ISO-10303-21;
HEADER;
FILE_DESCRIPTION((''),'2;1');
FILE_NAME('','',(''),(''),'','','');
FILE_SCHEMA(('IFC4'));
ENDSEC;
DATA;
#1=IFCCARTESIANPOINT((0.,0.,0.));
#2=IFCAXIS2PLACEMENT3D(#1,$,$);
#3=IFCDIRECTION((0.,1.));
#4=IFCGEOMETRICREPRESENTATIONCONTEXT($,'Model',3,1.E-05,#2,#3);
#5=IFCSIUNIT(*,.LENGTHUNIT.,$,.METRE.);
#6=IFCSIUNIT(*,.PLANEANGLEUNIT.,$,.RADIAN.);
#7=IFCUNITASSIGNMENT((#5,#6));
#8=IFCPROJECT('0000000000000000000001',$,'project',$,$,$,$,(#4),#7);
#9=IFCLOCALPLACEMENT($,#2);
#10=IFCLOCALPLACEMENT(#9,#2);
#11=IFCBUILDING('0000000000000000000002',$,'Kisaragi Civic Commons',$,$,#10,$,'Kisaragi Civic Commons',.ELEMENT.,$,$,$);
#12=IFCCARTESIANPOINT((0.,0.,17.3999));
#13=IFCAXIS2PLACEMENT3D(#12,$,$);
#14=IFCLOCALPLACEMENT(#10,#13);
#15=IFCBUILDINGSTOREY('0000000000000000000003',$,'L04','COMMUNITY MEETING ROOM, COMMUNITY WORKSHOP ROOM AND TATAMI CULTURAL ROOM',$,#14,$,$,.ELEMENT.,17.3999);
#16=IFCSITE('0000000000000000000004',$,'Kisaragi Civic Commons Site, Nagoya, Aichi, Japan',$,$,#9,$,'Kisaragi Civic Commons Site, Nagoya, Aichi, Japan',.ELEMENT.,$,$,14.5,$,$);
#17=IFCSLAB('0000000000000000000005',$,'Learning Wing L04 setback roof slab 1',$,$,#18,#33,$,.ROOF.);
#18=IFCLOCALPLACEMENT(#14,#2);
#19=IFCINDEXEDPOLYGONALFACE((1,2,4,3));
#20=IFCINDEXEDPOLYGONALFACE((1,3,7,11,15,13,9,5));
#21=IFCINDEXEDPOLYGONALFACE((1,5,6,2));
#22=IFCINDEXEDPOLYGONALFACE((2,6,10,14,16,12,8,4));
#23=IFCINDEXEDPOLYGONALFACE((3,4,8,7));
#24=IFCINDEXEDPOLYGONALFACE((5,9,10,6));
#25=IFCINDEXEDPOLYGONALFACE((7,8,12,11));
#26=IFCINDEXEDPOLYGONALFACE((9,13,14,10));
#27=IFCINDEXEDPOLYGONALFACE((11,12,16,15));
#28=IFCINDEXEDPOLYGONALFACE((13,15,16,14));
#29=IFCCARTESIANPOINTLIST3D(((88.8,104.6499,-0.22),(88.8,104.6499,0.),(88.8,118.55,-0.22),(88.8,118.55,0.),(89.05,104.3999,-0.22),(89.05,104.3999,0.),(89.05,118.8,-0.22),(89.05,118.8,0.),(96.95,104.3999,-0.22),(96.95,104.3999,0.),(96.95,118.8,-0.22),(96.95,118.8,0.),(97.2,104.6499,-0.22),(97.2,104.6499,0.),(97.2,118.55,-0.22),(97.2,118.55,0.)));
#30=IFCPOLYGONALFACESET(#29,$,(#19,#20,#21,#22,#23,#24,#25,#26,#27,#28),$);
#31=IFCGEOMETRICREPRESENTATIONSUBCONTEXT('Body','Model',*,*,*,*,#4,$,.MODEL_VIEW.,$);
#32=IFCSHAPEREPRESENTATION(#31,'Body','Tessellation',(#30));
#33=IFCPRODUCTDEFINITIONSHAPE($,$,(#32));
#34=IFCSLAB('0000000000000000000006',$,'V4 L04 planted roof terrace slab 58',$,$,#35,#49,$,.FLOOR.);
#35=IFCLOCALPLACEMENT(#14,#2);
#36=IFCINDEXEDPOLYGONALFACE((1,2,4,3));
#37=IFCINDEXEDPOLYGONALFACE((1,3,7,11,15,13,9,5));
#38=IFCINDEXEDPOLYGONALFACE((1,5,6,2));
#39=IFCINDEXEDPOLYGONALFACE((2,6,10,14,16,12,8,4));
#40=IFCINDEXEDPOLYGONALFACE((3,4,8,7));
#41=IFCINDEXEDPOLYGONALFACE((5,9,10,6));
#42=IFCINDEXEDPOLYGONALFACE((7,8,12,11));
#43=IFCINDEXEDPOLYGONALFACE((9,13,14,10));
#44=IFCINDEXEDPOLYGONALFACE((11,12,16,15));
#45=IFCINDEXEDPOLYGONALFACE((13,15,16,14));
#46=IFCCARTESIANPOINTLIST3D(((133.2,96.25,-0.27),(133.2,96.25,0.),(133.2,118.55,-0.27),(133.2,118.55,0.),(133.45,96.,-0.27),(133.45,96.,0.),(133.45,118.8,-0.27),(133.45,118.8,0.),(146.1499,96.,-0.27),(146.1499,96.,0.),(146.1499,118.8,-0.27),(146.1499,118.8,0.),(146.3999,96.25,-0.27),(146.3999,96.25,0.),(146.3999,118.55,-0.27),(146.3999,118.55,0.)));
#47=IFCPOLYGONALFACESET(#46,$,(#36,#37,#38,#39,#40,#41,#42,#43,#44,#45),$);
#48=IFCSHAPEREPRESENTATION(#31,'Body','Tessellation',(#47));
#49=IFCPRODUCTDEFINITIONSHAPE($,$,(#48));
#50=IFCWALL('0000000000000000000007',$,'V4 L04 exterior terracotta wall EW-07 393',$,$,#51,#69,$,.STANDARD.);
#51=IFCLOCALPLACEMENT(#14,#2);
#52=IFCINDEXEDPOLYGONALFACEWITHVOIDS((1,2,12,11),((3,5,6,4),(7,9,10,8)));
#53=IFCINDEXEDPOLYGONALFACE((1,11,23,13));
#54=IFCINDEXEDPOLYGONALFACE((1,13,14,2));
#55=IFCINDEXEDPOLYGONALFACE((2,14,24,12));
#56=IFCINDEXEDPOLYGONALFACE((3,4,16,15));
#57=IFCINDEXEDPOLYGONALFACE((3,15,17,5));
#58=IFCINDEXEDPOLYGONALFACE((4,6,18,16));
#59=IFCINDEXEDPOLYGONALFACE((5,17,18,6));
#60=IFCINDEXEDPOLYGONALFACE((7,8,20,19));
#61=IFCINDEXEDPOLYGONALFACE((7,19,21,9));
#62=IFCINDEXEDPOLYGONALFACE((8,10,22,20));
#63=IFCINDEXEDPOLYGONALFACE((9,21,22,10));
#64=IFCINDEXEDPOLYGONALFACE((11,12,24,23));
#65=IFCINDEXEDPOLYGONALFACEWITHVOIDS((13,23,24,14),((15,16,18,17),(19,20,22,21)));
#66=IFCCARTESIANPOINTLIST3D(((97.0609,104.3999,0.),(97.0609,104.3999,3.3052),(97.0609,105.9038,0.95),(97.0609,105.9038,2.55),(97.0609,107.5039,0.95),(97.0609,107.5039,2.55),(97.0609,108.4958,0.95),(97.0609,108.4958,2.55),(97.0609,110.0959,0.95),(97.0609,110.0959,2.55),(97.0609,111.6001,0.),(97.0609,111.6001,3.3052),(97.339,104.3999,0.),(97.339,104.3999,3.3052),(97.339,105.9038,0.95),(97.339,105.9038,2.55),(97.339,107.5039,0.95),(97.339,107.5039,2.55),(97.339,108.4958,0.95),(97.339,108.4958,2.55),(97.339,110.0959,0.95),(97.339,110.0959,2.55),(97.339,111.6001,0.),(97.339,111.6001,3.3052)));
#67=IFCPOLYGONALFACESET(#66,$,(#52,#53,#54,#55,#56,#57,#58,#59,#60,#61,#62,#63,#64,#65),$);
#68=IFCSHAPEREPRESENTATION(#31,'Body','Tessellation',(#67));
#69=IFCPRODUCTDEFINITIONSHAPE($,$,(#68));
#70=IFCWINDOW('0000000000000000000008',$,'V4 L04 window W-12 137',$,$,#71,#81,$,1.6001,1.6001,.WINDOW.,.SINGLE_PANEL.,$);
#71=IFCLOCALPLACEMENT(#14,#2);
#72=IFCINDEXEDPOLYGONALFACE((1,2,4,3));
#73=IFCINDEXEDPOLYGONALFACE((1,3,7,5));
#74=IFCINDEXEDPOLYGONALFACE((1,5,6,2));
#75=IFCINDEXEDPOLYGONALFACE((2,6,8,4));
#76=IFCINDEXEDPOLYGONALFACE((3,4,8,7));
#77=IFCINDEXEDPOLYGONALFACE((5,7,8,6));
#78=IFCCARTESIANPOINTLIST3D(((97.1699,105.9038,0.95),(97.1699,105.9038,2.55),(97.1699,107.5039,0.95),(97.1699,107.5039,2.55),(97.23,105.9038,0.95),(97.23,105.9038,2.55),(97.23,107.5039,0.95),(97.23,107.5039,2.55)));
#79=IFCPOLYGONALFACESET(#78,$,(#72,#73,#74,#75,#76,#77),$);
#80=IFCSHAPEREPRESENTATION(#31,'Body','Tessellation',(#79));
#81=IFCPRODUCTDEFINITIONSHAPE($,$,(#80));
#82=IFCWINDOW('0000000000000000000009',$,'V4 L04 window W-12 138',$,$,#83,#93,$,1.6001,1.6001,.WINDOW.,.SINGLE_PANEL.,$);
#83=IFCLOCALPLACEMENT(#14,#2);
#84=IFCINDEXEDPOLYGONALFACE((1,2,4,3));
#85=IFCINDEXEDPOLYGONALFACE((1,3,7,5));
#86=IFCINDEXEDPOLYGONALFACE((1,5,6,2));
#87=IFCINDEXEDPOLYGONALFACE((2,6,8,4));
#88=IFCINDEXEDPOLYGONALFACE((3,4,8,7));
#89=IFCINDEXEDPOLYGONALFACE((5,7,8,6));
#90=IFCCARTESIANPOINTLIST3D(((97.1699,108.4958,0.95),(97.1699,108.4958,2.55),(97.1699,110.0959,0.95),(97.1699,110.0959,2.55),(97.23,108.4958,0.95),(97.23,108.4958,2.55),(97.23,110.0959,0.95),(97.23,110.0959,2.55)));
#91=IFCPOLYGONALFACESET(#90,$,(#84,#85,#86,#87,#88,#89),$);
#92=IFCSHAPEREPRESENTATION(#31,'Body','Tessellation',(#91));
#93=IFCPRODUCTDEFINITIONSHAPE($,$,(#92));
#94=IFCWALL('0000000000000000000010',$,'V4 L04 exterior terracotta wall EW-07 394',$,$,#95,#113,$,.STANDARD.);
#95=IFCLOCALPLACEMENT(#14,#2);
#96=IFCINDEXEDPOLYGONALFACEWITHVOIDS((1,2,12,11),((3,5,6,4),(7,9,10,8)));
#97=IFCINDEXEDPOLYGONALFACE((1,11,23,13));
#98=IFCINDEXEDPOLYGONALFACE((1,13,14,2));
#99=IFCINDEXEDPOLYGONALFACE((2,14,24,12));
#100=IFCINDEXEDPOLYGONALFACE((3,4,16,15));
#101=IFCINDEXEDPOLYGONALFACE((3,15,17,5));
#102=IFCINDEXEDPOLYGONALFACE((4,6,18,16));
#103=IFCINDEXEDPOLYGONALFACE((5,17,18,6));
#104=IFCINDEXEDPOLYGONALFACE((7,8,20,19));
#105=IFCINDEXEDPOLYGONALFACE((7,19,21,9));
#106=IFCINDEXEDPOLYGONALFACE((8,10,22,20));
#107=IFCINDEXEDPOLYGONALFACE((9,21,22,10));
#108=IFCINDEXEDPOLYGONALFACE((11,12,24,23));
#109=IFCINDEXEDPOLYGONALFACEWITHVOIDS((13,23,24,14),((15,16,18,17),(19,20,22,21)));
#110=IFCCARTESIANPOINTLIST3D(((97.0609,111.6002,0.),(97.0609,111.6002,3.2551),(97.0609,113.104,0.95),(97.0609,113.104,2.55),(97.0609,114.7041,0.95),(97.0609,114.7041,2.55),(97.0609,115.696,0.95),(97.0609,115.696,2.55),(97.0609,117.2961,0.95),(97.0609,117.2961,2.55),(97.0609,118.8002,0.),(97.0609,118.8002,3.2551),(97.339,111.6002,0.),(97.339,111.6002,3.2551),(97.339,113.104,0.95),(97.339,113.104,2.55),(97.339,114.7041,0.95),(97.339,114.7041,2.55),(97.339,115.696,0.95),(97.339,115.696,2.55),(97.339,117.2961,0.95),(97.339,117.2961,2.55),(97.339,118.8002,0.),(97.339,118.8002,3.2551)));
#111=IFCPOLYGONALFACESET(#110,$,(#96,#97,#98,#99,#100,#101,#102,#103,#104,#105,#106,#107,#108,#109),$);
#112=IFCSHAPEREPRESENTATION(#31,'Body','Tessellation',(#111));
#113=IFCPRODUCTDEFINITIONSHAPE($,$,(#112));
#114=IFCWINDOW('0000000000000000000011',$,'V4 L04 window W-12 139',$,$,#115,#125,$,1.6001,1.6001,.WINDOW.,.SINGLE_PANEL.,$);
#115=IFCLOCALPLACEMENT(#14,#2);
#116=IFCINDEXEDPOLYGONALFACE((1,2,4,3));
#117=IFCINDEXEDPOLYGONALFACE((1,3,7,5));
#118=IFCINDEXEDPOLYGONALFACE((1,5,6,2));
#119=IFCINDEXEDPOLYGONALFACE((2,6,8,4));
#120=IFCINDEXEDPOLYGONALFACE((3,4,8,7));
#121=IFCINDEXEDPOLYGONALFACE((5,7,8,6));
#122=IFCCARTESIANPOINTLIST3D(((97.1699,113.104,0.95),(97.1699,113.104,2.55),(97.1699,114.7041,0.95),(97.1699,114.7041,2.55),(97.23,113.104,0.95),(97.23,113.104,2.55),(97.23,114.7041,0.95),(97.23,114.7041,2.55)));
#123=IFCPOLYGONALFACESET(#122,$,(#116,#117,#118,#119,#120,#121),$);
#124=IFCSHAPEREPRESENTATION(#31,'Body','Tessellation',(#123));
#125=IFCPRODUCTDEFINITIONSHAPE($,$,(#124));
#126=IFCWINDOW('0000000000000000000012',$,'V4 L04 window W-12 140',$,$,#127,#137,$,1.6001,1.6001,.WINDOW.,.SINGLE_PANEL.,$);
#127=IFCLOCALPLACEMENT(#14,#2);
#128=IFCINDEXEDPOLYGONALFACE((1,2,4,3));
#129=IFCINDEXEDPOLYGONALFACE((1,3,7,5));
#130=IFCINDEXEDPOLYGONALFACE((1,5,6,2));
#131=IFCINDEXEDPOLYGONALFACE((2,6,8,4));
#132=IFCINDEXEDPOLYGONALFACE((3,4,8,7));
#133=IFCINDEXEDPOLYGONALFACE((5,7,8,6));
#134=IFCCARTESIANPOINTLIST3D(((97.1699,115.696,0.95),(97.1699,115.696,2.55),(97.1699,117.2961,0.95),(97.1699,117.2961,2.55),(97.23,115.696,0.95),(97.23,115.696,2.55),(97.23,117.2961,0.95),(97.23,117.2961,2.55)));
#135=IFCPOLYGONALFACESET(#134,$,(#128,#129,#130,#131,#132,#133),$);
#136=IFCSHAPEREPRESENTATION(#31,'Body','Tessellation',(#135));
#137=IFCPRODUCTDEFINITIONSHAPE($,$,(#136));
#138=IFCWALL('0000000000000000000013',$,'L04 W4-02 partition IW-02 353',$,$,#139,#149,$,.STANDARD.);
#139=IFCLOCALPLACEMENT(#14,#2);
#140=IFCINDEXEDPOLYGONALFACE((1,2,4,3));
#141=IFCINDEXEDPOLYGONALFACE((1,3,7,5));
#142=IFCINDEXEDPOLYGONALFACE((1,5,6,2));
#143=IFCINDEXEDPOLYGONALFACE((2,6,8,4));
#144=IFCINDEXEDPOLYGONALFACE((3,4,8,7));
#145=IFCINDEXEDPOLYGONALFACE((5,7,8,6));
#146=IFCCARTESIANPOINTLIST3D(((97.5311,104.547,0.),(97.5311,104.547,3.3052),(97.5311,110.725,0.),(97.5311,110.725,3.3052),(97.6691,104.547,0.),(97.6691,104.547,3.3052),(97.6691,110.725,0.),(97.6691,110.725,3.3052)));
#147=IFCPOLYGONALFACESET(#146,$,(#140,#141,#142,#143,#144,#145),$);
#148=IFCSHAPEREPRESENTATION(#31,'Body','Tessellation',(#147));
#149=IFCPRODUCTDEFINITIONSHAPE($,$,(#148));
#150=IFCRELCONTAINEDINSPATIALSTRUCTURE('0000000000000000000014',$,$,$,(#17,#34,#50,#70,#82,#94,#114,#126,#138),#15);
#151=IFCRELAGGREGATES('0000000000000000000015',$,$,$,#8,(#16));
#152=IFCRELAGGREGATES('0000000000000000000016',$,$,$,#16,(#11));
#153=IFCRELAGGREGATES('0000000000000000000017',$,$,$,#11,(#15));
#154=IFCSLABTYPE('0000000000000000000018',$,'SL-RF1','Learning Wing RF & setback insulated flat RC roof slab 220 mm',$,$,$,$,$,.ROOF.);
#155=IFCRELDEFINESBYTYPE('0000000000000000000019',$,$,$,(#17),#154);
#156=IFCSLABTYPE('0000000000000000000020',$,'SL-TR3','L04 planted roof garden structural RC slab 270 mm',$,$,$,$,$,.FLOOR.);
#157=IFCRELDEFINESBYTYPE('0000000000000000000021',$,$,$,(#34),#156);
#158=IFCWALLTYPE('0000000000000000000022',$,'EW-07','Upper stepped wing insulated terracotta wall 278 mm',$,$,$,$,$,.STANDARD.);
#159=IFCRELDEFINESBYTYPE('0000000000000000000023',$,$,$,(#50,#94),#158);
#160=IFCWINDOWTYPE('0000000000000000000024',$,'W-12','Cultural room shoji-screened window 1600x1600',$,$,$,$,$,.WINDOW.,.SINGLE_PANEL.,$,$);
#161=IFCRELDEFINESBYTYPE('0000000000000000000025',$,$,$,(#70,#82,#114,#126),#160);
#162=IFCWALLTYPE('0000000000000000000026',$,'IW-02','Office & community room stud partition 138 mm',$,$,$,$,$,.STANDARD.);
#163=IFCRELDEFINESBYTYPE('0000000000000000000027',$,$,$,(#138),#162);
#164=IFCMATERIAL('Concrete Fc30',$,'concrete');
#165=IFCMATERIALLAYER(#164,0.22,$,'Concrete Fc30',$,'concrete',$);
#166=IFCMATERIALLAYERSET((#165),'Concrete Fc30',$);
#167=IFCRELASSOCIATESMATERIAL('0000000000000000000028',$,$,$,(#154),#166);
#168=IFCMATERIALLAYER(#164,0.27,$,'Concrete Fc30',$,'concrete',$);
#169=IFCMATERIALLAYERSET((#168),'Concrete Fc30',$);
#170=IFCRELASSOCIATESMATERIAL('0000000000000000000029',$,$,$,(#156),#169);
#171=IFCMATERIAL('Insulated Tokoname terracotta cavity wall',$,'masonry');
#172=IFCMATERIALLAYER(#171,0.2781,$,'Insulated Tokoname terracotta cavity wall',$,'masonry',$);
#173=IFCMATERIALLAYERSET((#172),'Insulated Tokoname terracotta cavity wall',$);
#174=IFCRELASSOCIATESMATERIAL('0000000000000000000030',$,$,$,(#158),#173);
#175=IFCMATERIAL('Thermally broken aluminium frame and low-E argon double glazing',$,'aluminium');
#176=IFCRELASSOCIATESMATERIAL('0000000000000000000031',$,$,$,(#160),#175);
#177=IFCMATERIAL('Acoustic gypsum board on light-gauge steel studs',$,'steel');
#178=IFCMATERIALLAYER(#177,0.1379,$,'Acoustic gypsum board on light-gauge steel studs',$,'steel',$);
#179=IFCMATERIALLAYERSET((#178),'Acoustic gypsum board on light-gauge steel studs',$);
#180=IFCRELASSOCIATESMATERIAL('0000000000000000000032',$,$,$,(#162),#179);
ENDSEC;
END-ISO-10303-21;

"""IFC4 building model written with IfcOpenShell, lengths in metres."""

from ifc_helpers import new_model, si_unit, direction, frame, frame_2d, origin, place, context, subcontext, project, spatial, polyline, rectangle, outline, extrude, material, layer, layer_set, type_object, element, fill, save


model = new_model("IFC4")

# Units and contexts
model_context = context("Model", 3, precision=1e-05, world=origin(), true_north=direction((0.0, 1.0)))
body_context = subcontext(model_context, "Body", "Model", "MODEL_VIEW")
ifc_project = project(units=[si_unit("LENGTHUNIT", "METRE"), si_unit("PLANEANGLEUNIT", "RADIAN")], contexts=[model_context])

# Site, building, storey
site_placement = place(None, origin())
site = spatial("IfcSite", under=ifc_project, at=site_placement, Name="Kisaragi Civic Commons Site, Nagoya, Aichi, Japan", LongName="Kisaragi Civic Commons Site, Nagoya, Aichi, Japan", CompositionType="ELEMENT", RefElevation=14.5)
building_placement = place(site_placement, origin())
building = spatial("IfcBuilding", under=site, at=building_placement, Name="Kisaragi Civic Commons", LongName="Kisaragi Civic Commons", CompositionType="ELEMENT")
storey_placement = place(building_placement, frame((0.0, 0.0, 17.3999)))
storey = spatial("IfcBuildingStorey", under=building, at=storey_placement, Name="L04", Description="COMMUNITY MEETING ROOM, COMMUNITY WORKSHOP ROOM AND TATAMI CULTURAL ROOM", CompositionType="ELEMENT", Elevation=17.3999)

# Shared definitions
ifc_material_1 = material(Name="Concrete Fc30", Category="concrete")

# Slabs
ifc_layer_1 = layer(ifc_material_1, 0.22, Name="Concrete Fc30", Category="concrete")
ifc_layer_set_1 = layer_set([ifc_layer_1], Name="Concrete Fc30")
slab_type_1 = type_object("IfcSlabType", Name="SL-RF1", Description="Learning Wing RF & setback insulated flat RC roof slab 220 mm", PredefinedType="ROOF", material=ifc_layer_set_1)
slab_1_placement = place(storey_placement, frame((0.0, 0.0, -0.22)))
element("IfcSlab", 1, at=slab_1_placement, inside=storey, type_object=slab_type_1, Name="Learning Wing L04 setback roof slab 1", PredefinedType="ROOF", context=body_context, shape_type="SweptSolid", body=[
    extrude(outline(polyline([(89.05, 104.3999), (96.95, 104.3999), (97.2, 104.6499), (97.2, 118.55), (96.95, 118.8), (89.05, 118.8), (88.8, 118.55), (88.8, 104.6499), (89.05, 104.3999)])), origin(), (0.0, 0.0, 1.0), 0.22),
])
ifc_layer_2 = layer(ifc_material_1, 0.27, Name="Concrete Fc30", Category="concrete")
ifc_layer_set_2 = layer_set([ifc_layer_2], Name="Concrete Fc30")
slab_type_2 = type_object("IfcSlabType", Name="SL-TR3", Description="L04 planted roof garden structural RC slab 270 mm", PredefinedType="FLOOR", material=ifc_layer_set_2)
slab_2_placement = place(storey_placement, frame((0.0, 0.0, -0.27)))
element("IfcSlab", 2, at=slab_2_placement, inside=storey, type_object=slab_type_2, Name="V4 L04 planted roof terrace slab 58", PredefinedType="FLOOR", context=body_context, shape_type="SweptSolid", body=[
    extrude(outline(polyline([(133.45, 96.0), (146.1499, 96.0), (146.3999, 96.25), (146.3999, 118.55), (146.1499, 118.8), (133.45, 118.8), (133.2, 118.55), (133.2, 96.25), (133.45, 96.0)])), origin(), (0.0, 0.0, 1.0), 0.27),
])

# Walls, openings, windows
ifc_material_2 = material(Name="Insulated Tokoname terracotta cavity wall", Category="masonry")
ifc_layer_3 = layer(ifc_material_2, 0.2781, Name="Insulated Tokoname terracotta cavity wall", Category="masonry")
ifc_layer_set_3 = layer_set([ifc_layer_3], Name="Insulated Tokoname terracotta cavity wall")
wall_type_1 = type_object("IfcWallType", Name="EW-07", Description="Upper stepped wing insulated terracotta wall 278 mm", PredefinedType="STANDARD", material=ifc_layer_set_3)
wall_1_placement = place(storey_placement, frame((97.2, 104.3999, 0.0), z_axis=(0.0, 0.0, 1.0), x_axis=(0.0, 1.0, 0.0)))
wall_1 = element("IfcWall", 3, at=wall_1_placement, inside=storey, type_object=wall_type_1, Name="V4 L04 exterior terracotta wall EW-07 393", PredefinedType="STANDARD", context=body_context, shape_type="SweptSolid", body=[
    extrude(rectangle(XDim=7.2002, YDim=0.2781, at=frame_2d((3.6001, 0.0))), origin(), (0.0, 0.0, 1.0), 3.3052),
])
opening_1_placement = place(wall_1_placement, frame((1.5039, 0.0, 0.95)))
opening_1 = element("IfcOpeningElement", 4, at=opening_1_placement, cuts=wall_1, PredefinedType="OPENING", context=body_context, shape_type="SweptSolid", body=[
    extrude(rectangle(XDim=1.6001, YDim=1.6001, at=frame_2d((0.8, 0.8))), frame((0.0, 0.1489, 0.0), z_axis=(0.0, -1.0, 0.0), x_axis=(1.0, 0.0, 0.0)), (0.0, 0.0, 1.0), 0.2981),
])
opening_2_placement = place(wall_1_placement, frame((4.0959, 0.0, 0.95)))
opening_2 = element("IfcOpeningElement", 5, at=opening_2_placement, cuts=wall_1, PredefinedType="OPENING", context=body_context, shape_type="SweptSolid", body=[
    extrude(rectangle(XDim=1.6001, YDim=1.6001, at=frame_2d((0.8, 0.8))), frame((0.0, 0.1489, 0.0), z_axis=(0.0, -1.0, 0.0), x_axis=(1.0, 0.0, 0.0)), (0.0, 0.0, 1.0), 0.2981),
])
ifc_material_3 = material(Name="Thermally broken aluminium frame and low-E argon double glazing", Category="aluminium")
window_type = type_object("IfcWindowType", Name="W-12", Description="Cultural room shoji-screened window 1600x1600", PartitioningType="SINGLE_PANEL", PredefinedType="WINDOW", material=ifc_material_3)
window_1_placement = place(opening_1_placement, origin())
window_1 = element("IfcWindow", 6, at=window_1_placement, inside=storey, type_object=window_type, Name="V4 L04 window W-12 137", OverallHeight=1.6001, OverallWidth=1.6001, PartitioningType="SINGLE_PANEL", PredefinedType="WINDOW", context=body_context, shape_type="SweptSolid", body=[
    extrude(rectangle(XDim=1.6001, YDim=1.6001, at=frame_2d((0.8, 0.8))), frame((0.0, 0.03, 0.0), z_axis=(0.0, -1.0, 0.0), x_axis=(1.0, 0.0, 0.0)), (0.0, 0.0, 1.0), 0.0601),
])
fill(opening_1, window_1)
window_2_placement = place(opening_2_placement, origin())
window_2 = element("IfcWindow", 7, at=window_2_placement, inside=storey, type_object=window_type, Name="V4 L04 window W-12 138", OverallHeight=1.6001, OverallWidth=1.6001, PartitioningType="SINGLE_PANEL", PredefinedType="WINDOW", context=body_context, shape_type="SweptSolid", body=[
    extrude(rectangle(XDim=1.6001, YDim=1.6001, at=frame_2d((0.8, 0.8))), frame((0.0, 0.03, 0.0), z_axis=(0.0, -1.0, 0.0), x_axis=(1.0, 0.0, 0.0)), (0.0, 0.0, 1.0), 0.0601),
])
fill(opening_2, window_2)
wall_2_placement = place(storey_placement, frame((97.2, 111.6001, 0.0), z_axis=(0.0, 0.0, 1.0), x_axis=(0.0, 1.0, 0.0)))
wall_2 = element("IfcWall", 8, at=wall_2_placement, inside=storey, type_object=wall_type_1, Name="V4 L04 exterior terracotta wall EW-07 394", PredefinedType="STANDARD", context=body_context, shape_type="SweptSolid", body=[
    extrude(rectangle(XDim=7.2, YDim=0.2781, at=frame_2d((3.6001, 0.0))), origin(), (0.0, 0.0, 1.0), 3.2551),
])
opening_3_placement = place(wall_2_placement, frame((1.5039, 0.0, 0.95)))
opening_3 = element("IfcOpeningElement", 9, at=opening_3_placement, cuts=wall_2, PredefinedType="OPENING", context=body_context, shape_type="SweptSolid", body=[
    extrude(rectangle(XDim=1.6001, YDim=1.6001, at=frame_2d((0.8, 0.8))), frame((0.0, 0.1489, 0.0), z_axis=(0.0, -1.0, 0.0), x_axis=(1.0, 0.0, 0.0)), (0.0, 0.0, 1.0), 0.2981),
])
opening_4_placement = place(wall_2_placement, frame((4.0959, 0.0, 0.95)))
opening_4 = element("IfcOpeningElement", 10, at=opening_4_placement, cuts=wall_2, PredefinedType="OPENING", context=body_context, shape_type="SweptSolid", body=[
    extrude(rectangle(XDim=1.6001, YDim=1.6001, at=frame_2d((0.8, 0.8))), frame((0.0, 0.1489, 0.0), z_axis=(0.0, -1.0, 0.0), x_axis=(1.0, 0.0, 0.0)), (0.0, 0.0, 1.0), 0.2981),
])
window_3_placement = place(opening_3_placement, origin())
window_3 = element("IfcWindow", 11, at=window_3_placement, inside=storey, type_object=window_type, Name="V4 L04 window W-12 139", OverallHeight=1.6001, OverallWidth=1.6001, PartitioningType="SINGLE_PANEL", PredefinedType="WINDOW", context=body_context, shape_type="SweptSolid", body=[
    extrude(rectangle(XDim=1.6001, YDim=1.6001, at=frame_2d((0.8, 0.8))), frame((0.0, 0.03, 0.0), z_axis=(0.0, -1.0, 0.0), x_axis=(1.0, 0.0, 0.0)), (0.0, 0.0, 1.0), 0.0601),
])
fill(opening_3, window_3)
window_4_placement = place(opening_4_placement, origin())
window_4 = element("IfcWindow", 12, at=window_4_placement, inside=storey, type_object=window_type, Name="V4 L04 window W-12 140", OverallHeight=1.6001, OverallWidth=1.6001, PartitioningType="SINGLE_PANEL", PredefinedType="WINDOW", context=body_context, shape_type="SweptSolid", body=[
    extrude(rectangle(XDim=1.6001, YDim=1.6001, at=frame_2d((0.8, 0.8))), frame((0.0, 0.03, 0.0), z_axis=(0.0, -1.0, 0.0), x_axis=(1.0, 0.0, 0.0)), (0.0, 0.0, 1.0), 0.0601),
])
fill(opening_4, window_4)

# Wall
ifc_material_4 = material(Name="Acoustic gypsum board on light-gauge steel studs", Category="steel")
ifc_layer_4 = layer(ifc_material_4, 0.1379, Name="Acoustic gypsum board on light-gauge steel studs", Category="steel")
ifc_layer_set_4 = layer_set([ifc_layer_4], Name="Acoustic gypsum board on light-gauge steel studs")
wall_type_2 = type_object("IfcWallType", Name="IW-02", Description="Office & community room stud partition 138 mm", PredefinedType="STANDARD", material=ifc_layer_set_4)
wall_3_placement = place(storey_placement, frame((97.6001, 104.5471, 0.0), z_axis=(0.0, 0.0, 1.0), x_axis=(0.0, 1.0, 0.0)))
element("IfcWall", 13, at=wall_3_placement, inside=storey, type_object=wall_type_2, Name="L04 W4-02 partition IW-02 353", PredefinedType="STANDARD", context=body_context, shape_type="SweptSolid", body=[
    extrude(rectangle(XDim=6.178, YDim=0.1379, at=frame_2d((3.0889, 0.0))), origin(), (0.0, 0.0, 1.0), 3.3052),
])

save(model, "model.ifc")
